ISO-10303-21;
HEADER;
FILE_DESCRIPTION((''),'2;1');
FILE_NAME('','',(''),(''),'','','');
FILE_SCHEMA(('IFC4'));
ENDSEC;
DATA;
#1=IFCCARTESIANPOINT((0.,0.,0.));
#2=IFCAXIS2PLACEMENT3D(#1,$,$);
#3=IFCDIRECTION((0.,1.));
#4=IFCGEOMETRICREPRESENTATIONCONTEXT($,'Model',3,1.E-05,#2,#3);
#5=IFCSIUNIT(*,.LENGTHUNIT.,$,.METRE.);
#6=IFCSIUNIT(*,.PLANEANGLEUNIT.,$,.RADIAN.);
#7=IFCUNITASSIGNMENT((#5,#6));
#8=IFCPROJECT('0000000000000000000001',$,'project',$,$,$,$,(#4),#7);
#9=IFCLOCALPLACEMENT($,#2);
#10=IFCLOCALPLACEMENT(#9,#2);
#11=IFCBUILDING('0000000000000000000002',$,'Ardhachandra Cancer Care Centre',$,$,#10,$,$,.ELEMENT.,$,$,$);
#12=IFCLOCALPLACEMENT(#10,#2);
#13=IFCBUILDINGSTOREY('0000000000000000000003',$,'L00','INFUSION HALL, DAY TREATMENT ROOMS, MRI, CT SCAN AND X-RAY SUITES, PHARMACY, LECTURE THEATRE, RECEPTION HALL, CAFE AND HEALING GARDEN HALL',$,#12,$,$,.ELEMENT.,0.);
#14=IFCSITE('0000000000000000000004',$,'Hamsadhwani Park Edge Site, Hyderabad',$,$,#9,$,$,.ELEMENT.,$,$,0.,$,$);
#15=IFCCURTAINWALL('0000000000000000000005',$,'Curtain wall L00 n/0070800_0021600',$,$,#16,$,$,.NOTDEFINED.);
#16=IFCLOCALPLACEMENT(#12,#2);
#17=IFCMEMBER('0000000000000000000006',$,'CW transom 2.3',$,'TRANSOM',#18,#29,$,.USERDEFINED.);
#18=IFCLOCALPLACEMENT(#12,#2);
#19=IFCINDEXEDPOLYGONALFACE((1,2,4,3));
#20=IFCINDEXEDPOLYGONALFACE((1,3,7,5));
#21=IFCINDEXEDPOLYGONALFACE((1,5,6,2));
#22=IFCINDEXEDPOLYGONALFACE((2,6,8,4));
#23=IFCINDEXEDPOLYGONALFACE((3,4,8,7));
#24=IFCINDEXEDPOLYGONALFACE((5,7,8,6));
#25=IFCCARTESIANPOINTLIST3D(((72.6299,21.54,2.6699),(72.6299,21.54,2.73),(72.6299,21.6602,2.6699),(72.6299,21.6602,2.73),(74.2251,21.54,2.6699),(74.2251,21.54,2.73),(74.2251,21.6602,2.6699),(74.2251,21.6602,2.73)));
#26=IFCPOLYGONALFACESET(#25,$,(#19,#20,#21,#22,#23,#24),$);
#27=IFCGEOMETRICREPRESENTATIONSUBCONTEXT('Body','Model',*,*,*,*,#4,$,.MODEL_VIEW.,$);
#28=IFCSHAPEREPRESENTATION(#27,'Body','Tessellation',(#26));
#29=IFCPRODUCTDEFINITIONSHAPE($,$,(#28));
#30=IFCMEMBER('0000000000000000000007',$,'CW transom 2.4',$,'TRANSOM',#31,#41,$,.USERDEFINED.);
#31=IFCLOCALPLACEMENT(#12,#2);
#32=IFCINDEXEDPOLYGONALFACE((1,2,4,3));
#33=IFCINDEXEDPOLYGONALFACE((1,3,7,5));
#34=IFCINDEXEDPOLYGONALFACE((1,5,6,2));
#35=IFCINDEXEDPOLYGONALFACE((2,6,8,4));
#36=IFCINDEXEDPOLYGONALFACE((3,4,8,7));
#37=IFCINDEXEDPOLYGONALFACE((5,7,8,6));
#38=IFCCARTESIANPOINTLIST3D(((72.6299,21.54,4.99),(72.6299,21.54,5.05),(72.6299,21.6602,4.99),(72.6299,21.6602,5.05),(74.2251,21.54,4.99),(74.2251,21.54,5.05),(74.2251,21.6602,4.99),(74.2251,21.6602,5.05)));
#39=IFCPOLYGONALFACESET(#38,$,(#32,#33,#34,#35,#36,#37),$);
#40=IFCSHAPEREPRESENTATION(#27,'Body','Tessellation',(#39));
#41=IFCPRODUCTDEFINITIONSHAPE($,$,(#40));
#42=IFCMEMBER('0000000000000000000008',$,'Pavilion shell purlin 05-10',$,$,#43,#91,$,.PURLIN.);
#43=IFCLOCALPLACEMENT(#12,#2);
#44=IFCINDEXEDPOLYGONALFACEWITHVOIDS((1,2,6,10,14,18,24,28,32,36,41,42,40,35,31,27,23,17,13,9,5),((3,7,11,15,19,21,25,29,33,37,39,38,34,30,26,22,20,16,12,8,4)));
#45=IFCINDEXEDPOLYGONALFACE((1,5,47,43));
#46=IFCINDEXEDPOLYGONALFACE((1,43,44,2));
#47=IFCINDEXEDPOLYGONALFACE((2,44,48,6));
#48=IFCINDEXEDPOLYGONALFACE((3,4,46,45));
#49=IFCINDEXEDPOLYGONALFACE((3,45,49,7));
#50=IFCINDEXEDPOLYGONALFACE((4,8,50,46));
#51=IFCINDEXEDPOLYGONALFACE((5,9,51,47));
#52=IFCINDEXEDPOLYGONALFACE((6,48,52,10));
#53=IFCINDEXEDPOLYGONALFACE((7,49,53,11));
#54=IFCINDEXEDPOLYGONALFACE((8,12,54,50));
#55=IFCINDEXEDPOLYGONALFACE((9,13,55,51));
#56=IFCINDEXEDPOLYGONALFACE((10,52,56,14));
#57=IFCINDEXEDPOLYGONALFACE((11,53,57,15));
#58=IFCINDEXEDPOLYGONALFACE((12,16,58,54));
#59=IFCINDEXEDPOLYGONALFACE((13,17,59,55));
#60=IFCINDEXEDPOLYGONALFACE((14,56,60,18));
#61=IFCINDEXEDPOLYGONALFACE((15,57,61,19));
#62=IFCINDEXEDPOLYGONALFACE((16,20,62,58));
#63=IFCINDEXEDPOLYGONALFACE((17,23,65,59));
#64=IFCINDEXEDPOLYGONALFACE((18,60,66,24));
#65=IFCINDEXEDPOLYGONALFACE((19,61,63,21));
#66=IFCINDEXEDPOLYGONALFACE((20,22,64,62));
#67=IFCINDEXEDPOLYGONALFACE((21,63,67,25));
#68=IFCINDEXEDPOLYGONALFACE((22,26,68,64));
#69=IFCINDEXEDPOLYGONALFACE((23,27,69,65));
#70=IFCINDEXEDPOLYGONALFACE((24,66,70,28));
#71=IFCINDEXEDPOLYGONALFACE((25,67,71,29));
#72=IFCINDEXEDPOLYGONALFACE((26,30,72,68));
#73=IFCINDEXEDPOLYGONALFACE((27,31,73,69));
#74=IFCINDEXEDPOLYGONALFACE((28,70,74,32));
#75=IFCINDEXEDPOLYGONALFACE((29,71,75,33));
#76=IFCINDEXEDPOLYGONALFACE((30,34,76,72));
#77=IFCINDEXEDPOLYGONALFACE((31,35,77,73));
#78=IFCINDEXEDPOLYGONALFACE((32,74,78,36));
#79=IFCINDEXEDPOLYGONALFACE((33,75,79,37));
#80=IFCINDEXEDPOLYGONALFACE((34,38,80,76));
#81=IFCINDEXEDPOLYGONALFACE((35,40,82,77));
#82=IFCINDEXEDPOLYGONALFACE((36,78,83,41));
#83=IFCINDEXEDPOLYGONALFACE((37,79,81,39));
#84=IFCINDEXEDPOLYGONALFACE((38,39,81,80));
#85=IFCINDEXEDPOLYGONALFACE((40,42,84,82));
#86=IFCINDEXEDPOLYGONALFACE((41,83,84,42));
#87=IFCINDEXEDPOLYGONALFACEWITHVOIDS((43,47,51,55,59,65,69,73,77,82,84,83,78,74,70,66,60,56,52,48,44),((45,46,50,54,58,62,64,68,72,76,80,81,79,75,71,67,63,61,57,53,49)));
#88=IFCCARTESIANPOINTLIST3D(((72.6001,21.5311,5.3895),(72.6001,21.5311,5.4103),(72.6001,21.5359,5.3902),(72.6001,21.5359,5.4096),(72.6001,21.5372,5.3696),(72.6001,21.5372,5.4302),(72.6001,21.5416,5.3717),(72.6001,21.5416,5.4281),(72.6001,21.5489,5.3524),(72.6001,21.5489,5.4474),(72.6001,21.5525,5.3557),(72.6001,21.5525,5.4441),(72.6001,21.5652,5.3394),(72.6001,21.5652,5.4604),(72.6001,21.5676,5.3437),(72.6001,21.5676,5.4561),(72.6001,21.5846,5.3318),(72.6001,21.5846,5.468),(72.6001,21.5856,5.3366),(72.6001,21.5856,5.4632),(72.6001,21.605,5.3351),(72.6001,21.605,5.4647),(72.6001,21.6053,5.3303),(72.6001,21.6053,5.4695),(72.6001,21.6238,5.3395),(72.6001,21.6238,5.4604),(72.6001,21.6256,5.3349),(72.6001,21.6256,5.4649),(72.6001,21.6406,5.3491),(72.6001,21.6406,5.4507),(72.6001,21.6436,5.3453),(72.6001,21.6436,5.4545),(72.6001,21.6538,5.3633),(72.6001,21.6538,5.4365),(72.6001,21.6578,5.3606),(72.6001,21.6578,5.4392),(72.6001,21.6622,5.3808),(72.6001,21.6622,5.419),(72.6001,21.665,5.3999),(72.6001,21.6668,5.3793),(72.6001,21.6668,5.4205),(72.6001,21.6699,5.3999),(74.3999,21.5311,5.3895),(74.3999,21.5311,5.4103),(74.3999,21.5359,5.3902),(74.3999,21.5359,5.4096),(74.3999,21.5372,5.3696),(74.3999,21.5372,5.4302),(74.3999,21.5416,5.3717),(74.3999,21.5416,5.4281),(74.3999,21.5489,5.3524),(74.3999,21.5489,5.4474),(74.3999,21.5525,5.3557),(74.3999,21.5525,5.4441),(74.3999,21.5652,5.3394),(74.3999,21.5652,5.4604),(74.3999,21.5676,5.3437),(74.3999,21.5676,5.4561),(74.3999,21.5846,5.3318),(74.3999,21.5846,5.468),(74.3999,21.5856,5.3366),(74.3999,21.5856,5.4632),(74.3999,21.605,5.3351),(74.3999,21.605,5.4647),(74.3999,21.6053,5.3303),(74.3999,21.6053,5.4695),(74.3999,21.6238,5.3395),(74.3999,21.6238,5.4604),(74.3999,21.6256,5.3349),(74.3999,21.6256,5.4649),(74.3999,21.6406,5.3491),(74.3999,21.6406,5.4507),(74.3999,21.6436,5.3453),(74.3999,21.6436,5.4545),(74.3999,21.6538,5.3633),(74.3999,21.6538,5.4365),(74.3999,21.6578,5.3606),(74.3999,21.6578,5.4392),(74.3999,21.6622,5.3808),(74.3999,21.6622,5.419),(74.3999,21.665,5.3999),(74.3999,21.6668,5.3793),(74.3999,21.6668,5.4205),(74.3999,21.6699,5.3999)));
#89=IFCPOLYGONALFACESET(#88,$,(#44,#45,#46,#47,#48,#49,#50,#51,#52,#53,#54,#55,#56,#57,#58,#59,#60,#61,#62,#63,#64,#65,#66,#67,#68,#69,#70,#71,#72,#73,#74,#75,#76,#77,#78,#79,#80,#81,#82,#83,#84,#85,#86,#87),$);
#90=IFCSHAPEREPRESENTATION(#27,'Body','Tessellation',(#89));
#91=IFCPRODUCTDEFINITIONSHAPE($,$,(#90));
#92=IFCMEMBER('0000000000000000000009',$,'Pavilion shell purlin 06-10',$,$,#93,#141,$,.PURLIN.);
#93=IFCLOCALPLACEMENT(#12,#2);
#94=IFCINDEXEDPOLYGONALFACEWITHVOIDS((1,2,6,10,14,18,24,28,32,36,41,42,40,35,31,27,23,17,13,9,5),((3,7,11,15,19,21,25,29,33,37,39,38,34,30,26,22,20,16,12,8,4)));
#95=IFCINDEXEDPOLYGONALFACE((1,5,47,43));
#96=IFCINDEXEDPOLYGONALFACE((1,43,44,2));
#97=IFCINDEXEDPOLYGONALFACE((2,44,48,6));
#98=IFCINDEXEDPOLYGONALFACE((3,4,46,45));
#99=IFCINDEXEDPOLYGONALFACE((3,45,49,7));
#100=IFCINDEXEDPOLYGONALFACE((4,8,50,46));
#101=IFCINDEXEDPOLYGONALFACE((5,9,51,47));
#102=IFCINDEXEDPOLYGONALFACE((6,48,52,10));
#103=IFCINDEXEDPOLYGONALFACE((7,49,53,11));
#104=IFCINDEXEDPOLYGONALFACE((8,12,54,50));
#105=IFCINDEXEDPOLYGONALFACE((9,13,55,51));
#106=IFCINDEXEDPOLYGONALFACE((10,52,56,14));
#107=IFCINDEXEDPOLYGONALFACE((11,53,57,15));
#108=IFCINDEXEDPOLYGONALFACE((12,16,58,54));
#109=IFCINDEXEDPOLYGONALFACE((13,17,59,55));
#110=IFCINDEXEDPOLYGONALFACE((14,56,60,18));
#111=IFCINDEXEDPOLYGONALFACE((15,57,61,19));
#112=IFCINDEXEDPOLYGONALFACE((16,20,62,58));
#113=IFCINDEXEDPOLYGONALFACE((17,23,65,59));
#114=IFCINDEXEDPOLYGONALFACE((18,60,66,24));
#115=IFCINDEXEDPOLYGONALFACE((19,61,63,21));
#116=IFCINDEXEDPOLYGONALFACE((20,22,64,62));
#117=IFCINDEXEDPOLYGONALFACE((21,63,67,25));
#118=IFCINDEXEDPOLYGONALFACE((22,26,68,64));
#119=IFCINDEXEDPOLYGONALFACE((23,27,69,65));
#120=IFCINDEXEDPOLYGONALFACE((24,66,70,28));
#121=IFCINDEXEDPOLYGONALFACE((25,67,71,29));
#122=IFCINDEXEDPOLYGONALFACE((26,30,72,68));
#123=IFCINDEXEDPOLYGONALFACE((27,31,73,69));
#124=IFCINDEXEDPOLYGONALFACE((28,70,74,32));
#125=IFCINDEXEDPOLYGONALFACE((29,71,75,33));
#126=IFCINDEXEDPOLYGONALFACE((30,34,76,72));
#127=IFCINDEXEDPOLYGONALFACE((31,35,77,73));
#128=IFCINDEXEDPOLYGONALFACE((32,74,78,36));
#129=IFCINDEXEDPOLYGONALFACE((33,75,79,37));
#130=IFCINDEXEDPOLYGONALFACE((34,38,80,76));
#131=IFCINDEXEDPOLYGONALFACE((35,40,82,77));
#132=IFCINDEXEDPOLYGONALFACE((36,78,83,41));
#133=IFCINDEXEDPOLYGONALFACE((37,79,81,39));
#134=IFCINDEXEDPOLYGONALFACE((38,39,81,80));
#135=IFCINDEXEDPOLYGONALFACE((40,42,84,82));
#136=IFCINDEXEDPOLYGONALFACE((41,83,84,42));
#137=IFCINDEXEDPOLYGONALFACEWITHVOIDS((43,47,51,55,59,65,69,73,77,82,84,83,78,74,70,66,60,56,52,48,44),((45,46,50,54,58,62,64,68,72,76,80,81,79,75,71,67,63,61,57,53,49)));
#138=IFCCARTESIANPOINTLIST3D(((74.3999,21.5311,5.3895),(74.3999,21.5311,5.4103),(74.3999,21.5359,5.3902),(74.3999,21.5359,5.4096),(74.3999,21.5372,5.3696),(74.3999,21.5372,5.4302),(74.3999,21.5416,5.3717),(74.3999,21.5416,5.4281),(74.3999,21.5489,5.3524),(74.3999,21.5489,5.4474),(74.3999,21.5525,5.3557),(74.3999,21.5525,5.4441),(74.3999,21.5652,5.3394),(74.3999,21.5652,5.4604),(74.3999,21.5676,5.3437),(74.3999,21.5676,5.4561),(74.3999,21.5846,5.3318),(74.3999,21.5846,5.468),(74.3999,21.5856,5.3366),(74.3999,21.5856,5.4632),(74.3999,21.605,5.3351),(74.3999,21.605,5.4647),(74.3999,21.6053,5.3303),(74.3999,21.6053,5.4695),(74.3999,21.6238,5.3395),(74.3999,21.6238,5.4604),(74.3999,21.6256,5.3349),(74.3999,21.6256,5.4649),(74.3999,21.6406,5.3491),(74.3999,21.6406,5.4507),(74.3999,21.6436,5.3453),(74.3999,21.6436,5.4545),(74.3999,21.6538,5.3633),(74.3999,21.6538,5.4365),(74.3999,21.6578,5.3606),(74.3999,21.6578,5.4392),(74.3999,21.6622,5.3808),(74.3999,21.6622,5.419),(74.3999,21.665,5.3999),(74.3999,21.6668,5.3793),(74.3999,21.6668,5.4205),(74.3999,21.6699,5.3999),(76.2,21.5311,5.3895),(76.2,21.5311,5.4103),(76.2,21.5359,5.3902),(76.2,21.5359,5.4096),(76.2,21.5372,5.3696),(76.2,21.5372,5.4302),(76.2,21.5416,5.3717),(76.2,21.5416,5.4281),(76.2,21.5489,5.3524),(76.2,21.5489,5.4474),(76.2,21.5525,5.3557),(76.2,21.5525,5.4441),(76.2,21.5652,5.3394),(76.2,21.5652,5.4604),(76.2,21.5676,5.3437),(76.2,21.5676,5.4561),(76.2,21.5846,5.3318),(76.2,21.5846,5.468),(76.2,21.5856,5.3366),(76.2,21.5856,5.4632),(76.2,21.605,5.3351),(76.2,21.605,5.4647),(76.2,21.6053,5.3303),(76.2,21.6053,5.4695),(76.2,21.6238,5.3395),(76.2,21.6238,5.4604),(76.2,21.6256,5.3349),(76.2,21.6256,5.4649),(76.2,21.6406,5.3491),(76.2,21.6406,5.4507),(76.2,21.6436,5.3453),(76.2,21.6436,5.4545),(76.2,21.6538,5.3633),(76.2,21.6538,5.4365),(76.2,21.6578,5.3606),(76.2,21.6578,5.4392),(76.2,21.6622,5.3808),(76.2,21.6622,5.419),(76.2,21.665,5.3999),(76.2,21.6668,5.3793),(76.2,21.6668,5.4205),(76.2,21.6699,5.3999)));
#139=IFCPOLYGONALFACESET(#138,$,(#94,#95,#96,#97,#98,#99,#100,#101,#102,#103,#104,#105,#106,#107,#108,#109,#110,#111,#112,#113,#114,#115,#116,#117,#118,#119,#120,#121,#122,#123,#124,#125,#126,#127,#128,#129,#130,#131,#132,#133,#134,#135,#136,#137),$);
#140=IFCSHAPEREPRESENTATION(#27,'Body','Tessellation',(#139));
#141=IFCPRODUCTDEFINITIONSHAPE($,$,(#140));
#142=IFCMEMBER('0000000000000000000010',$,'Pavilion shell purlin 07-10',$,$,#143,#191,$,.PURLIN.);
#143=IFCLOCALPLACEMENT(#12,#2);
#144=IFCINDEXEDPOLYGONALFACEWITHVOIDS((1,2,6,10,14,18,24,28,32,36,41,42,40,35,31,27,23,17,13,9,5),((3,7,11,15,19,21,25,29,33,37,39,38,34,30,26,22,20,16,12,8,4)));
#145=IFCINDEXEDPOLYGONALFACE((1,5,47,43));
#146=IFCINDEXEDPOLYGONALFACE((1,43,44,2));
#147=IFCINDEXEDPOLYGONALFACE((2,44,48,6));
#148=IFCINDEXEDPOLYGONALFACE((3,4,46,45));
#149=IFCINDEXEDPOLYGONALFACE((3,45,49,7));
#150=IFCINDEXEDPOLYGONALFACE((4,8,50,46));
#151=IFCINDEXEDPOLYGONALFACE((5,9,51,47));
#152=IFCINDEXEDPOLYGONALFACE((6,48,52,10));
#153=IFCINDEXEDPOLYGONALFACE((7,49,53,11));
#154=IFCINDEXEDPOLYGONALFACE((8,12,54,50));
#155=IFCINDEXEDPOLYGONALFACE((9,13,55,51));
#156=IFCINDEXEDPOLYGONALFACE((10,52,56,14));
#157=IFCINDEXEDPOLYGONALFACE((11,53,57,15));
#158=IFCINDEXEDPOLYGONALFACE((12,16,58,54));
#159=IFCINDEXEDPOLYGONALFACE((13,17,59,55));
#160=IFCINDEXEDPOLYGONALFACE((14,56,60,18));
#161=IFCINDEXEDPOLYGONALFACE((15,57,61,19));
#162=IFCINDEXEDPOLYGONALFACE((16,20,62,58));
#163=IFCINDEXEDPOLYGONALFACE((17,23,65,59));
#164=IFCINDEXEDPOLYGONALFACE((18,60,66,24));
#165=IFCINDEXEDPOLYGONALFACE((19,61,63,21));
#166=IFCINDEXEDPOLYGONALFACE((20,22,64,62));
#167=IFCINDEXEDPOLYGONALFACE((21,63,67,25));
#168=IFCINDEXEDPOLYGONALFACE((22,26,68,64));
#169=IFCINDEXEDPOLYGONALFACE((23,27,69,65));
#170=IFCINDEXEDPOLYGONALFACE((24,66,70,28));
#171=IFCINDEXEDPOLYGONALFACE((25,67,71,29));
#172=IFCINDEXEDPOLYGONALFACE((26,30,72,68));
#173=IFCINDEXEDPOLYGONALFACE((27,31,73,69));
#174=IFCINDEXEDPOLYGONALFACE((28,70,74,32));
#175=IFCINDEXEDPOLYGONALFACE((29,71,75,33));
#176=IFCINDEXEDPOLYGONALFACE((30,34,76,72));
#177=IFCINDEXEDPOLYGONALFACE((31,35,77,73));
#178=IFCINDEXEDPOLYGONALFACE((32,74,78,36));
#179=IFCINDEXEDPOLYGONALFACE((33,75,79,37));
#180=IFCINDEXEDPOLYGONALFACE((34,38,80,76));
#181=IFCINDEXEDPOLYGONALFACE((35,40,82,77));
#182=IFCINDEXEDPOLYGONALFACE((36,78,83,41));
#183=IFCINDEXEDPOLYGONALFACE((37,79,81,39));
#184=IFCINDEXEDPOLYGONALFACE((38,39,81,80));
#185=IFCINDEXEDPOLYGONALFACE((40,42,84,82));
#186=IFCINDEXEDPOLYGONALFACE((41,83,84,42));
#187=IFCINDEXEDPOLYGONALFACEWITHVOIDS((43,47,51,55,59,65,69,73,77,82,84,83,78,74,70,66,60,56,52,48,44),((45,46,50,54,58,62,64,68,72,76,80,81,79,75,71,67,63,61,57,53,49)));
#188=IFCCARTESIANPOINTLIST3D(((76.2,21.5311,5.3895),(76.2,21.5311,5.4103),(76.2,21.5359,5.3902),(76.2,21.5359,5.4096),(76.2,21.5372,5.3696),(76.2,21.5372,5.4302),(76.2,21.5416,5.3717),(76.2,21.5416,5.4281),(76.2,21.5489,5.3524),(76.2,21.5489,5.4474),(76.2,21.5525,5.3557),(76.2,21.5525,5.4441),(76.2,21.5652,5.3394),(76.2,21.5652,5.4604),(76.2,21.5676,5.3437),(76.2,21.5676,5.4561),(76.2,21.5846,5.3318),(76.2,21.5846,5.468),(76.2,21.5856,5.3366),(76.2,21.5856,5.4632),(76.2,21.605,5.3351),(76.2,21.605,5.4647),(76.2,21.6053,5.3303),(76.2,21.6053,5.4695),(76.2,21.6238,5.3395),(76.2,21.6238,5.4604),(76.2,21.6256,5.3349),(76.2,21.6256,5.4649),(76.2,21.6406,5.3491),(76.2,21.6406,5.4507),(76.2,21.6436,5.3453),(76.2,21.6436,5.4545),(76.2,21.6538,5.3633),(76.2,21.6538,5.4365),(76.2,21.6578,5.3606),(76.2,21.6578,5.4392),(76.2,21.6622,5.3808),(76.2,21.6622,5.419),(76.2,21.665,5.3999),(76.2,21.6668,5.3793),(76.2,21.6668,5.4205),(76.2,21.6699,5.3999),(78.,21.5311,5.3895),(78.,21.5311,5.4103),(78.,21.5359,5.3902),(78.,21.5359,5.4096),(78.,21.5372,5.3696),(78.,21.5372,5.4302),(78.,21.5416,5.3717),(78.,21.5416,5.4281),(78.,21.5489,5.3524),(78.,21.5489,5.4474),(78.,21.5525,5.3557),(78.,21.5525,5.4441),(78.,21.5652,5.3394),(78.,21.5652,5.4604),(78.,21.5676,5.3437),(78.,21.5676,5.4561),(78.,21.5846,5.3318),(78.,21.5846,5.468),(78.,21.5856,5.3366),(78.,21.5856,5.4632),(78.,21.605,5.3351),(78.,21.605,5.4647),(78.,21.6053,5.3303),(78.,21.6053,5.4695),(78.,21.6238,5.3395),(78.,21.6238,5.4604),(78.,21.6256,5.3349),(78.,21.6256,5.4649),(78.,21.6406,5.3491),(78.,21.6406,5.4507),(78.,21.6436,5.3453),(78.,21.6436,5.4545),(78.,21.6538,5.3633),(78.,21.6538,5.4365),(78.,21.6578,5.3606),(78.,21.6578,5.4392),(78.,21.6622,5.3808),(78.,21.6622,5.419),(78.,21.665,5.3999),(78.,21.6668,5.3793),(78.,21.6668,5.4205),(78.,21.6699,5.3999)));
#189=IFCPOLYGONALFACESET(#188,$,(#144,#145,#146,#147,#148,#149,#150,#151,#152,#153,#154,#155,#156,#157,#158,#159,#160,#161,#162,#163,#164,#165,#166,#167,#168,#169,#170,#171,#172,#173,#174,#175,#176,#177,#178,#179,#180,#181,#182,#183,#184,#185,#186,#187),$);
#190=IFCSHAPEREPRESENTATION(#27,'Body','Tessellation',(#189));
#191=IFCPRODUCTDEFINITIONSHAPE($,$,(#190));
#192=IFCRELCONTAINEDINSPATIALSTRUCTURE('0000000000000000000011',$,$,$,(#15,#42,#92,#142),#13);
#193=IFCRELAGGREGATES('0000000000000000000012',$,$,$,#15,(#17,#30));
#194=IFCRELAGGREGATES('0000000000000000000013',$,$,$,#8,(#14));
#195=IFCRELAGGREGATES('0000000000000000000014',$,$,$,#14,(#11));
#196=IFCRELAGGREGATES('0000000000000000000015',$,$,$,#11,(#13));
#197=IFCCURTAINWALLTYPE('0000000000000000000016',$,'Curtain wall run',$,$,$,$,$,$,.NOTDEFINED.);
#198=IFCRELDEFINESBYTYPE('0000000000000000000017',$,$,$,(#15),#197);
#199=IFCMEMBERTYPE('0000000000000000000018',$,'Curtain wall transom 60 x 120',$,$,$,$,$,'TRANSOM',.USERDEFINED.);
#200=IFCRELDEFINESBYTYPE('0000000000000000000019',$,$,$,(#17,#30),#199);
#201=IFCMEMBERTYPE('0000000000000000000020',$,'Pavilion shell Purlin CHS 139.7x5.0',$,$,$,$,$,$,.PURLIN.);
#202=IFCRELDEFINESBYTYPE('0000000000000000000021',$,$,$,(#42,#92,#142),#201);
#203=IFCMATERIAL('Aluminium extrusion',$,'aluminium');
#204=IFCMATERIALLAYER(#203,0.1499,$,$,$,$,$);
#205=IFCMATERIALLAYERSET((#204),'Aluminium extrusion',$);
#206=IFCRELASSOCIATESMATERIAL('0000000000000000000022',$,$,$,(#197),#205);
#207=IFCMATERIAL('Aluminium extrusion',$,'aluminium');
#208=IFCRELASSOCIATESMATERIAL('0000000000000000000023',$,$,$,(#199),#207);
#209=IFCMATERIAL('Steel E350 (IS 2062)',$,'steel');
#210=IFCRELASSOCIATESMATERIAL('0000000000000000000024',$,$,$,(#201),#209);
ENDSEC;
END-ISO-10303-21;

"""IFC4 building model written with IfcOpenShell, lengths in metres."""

from ifc_helpers import new_model, si_unit, direction, frame, origin, origin_2d, place, context, subcontext, project, spatial, rectangle, hollow_circle, extrude, material, layer, layer_set, material_profile, profile_set, type_object, element, aggregate, save


model = new_model("IFC4")

# Units and contexts
model_context = context("Model", 3, precision=1e-05, world=origin(), true_north=direction((0.0, 1.0)))
body_context = subcontext(model_context, "Body", "Model", "MODEL_VIEW")
ifc_project = project(units=[si_unit("LENGTHUNIT", "METRE"), si_unit("PLANEANGLEUNIT", "RADIAN")], contexts=[model_context])

# Site, building, storey
site_placement = place(None, origin())
site = spatial("IfcSite", under=ifc_project, at=site_placement, Name="Hamsadhwani Park Edge Site, Hyderabad", CompositionType="ELEMENT", RefElevation=0.0)
building_placement = place(site_placement, origin())
building = spatial("IfcBuilding", under=site, at=building_placement, Name="Ardhachandra Cancer Care Centre", CompositionType="ELEMENT")
storey_placement = place(building_placement, origin())
storey = spatial("IfcBuildingStorey", under=building, at=storey_placement, Name="L00", Description="INFUSION HALL, DAY TREATMENT ROOMS, MRI, CT SCAN AND X-RAY SUITES, PHARMACY, LECTURE THEATRE, RECEPTION HALL, CAFE AND HEALING GARDEN HALL", CompositionType="ELEMENT", Elevation=0.0)

# Curtain wall, members
ifc_material_1 = material(Name="Aluminium extrusion", Category="aluminium")
ifc_layer_1 = layer(ifc_material_1, 0.1499)
ifc_layer_set_1 = layer_set([ifc_layer_1], Name="Aluminium extrusion")
curtain_wall_type = type_object("IfcCurtainWallType", Name="Curtain wall run", PredefinedType="NOTDEFINED", material=ifc_layer_set_1)
curtain_wall_placement = place(storey_placement, origin())
curtain_wall = element("IfcCurtainWall", 1, at=curtain_wall_placement, inside=storey, type_object=curtain_wall_type, Name="Curtain wall L00 n/0070800_0021600", PredefinedType="NOTDEFINED")
ifc_material_2 = material(Name="Aluminium extrusion", Category="aluminium")
ifc_material_profile_1 = material_profile(ifc_material_2, rectangle(XDim=0.1201, YDim=0.0601, at=origin_2d()), Name="Curtain wall transom 60 x 120")
ifc_profile_set_1 = profile_set([ifc_material_profile_1], Name="Aluminium extrusion")
member_type_1 = type_object("IfcMemberType", Name="Curtain wall transom 60 x 120", ElementType="TRANSOM", PredefinedType="USERDEFINED", material=ifc_profile_set_1)
member_1_placement = place(storey_placement, frame((72.6299, 21.6001, 2.7), z_axis=(1.0, 0.0, 0.0), x_axis=(0.0, 1.0, 0.0)))
member_1 = element("IfcMember", 2, at=member_1_placement, type_object=member_type_1, Name="CW transom 2.3", ObjectType="TRANSOM", PredefinedType="USERDEFINED", context=body_context, shape_type="SweptSolid", body=[
    extrude(rectangle(XDim=0.1201, YDim=0.0601, at=origin_2d()), origin(), (0.0, 0.0, 1.0), 1.5952),
])
member_2_placement = place(storey_placement, frame((72.6299, 21.6001, 5.02), z_axis=(1.0, 0.0, 0.0), x_axis=(0.0, 1.0, 0.0)))
member_2 = element("IfcMember", 3, at=member_2_placement, type_object=member_type_1, Name="CW transom 2.4", ObjectType="TRANSOM", PredefinedType="USERDEFINED", context=body_context, shape_type="SweptSolid", body=[
    extrude(rectangle(XDim=0.1201, YDim=0.0601, at=origin_2d()), origin(), (0.0, 0.0, 1.0), 1.5952),
])

# Members
ifc_material_3 = material(Name="Steel E350 (IS 2062)", Category="steel")
ifc_material_profile_2 = material_profile(ifc_material_3, hollow_circle(Radius=0.0698, WallThickness=0.0049, at=origin_2d()), Name="CHS 139.7x5.0")
ifc_profile_set_2 = profile_set([ifc_material_profile_2], Name="Steel E350 (IS 2062)")
member_type_2 = type_object("IfcMemberType", Name="Pavilion shell Purlin CHS 139.7x5.0", PredefinedType="PURLIN", material=ifc_profile_set_2)
member_3_placement = place(storey_placement, frame((72.6001, 21.6001, 5.3999), z_axis=(1.0, 0.0, 0.0), x_axis=(0.0, 1.0, 0.0)))
element("IfcMember", 4, at=member_3_placement, inside=storey, type_object=member_type_2, Name="Pavilion shell purlin 05-10", PredefinedType="PURLIN", context=body_context, shape_type="SweptSolid", body=[
    extrude(hollow_circle(Radius=0.0698, WallThickness=0.0049, at=origin_2d()), origin(), (0.0, 0.0, 1.0), 1.7998),
])
for number, where, z_axis, x_axis, name in (
    (5, (74.3999, 21.6001, 5.3999), (1.0, 0.0, 0.0), (0.0, 1.0, 0.0), "Pavilion shell purlin 06-10"),
    (6, (76.2, 21.6001, 5.3999), (1.0, 0.0, 0.0), (0.0, 1.0, 0.0), "Pavilion shell purlin 07-10"),
):
    element("IfcMember", number, at=place(storey_placement, frame(where, z_axis=z_axis, x_axis=x_axis)), inside=storey, type_object=member_type_2, Name=name, PredefinedType="PURLIN", context=body_context, shape_type="SweptSolid", body=[
        extrude(hollow_circle(Radius=0.0698, WallThickness=0.0049, at=origin_2d()), origin(), (0.0, 0.0, 1.0), 1.8),
    ])

aggregate(curtain_wall, [member_1, member_2])

save(model, "model.ifc")
